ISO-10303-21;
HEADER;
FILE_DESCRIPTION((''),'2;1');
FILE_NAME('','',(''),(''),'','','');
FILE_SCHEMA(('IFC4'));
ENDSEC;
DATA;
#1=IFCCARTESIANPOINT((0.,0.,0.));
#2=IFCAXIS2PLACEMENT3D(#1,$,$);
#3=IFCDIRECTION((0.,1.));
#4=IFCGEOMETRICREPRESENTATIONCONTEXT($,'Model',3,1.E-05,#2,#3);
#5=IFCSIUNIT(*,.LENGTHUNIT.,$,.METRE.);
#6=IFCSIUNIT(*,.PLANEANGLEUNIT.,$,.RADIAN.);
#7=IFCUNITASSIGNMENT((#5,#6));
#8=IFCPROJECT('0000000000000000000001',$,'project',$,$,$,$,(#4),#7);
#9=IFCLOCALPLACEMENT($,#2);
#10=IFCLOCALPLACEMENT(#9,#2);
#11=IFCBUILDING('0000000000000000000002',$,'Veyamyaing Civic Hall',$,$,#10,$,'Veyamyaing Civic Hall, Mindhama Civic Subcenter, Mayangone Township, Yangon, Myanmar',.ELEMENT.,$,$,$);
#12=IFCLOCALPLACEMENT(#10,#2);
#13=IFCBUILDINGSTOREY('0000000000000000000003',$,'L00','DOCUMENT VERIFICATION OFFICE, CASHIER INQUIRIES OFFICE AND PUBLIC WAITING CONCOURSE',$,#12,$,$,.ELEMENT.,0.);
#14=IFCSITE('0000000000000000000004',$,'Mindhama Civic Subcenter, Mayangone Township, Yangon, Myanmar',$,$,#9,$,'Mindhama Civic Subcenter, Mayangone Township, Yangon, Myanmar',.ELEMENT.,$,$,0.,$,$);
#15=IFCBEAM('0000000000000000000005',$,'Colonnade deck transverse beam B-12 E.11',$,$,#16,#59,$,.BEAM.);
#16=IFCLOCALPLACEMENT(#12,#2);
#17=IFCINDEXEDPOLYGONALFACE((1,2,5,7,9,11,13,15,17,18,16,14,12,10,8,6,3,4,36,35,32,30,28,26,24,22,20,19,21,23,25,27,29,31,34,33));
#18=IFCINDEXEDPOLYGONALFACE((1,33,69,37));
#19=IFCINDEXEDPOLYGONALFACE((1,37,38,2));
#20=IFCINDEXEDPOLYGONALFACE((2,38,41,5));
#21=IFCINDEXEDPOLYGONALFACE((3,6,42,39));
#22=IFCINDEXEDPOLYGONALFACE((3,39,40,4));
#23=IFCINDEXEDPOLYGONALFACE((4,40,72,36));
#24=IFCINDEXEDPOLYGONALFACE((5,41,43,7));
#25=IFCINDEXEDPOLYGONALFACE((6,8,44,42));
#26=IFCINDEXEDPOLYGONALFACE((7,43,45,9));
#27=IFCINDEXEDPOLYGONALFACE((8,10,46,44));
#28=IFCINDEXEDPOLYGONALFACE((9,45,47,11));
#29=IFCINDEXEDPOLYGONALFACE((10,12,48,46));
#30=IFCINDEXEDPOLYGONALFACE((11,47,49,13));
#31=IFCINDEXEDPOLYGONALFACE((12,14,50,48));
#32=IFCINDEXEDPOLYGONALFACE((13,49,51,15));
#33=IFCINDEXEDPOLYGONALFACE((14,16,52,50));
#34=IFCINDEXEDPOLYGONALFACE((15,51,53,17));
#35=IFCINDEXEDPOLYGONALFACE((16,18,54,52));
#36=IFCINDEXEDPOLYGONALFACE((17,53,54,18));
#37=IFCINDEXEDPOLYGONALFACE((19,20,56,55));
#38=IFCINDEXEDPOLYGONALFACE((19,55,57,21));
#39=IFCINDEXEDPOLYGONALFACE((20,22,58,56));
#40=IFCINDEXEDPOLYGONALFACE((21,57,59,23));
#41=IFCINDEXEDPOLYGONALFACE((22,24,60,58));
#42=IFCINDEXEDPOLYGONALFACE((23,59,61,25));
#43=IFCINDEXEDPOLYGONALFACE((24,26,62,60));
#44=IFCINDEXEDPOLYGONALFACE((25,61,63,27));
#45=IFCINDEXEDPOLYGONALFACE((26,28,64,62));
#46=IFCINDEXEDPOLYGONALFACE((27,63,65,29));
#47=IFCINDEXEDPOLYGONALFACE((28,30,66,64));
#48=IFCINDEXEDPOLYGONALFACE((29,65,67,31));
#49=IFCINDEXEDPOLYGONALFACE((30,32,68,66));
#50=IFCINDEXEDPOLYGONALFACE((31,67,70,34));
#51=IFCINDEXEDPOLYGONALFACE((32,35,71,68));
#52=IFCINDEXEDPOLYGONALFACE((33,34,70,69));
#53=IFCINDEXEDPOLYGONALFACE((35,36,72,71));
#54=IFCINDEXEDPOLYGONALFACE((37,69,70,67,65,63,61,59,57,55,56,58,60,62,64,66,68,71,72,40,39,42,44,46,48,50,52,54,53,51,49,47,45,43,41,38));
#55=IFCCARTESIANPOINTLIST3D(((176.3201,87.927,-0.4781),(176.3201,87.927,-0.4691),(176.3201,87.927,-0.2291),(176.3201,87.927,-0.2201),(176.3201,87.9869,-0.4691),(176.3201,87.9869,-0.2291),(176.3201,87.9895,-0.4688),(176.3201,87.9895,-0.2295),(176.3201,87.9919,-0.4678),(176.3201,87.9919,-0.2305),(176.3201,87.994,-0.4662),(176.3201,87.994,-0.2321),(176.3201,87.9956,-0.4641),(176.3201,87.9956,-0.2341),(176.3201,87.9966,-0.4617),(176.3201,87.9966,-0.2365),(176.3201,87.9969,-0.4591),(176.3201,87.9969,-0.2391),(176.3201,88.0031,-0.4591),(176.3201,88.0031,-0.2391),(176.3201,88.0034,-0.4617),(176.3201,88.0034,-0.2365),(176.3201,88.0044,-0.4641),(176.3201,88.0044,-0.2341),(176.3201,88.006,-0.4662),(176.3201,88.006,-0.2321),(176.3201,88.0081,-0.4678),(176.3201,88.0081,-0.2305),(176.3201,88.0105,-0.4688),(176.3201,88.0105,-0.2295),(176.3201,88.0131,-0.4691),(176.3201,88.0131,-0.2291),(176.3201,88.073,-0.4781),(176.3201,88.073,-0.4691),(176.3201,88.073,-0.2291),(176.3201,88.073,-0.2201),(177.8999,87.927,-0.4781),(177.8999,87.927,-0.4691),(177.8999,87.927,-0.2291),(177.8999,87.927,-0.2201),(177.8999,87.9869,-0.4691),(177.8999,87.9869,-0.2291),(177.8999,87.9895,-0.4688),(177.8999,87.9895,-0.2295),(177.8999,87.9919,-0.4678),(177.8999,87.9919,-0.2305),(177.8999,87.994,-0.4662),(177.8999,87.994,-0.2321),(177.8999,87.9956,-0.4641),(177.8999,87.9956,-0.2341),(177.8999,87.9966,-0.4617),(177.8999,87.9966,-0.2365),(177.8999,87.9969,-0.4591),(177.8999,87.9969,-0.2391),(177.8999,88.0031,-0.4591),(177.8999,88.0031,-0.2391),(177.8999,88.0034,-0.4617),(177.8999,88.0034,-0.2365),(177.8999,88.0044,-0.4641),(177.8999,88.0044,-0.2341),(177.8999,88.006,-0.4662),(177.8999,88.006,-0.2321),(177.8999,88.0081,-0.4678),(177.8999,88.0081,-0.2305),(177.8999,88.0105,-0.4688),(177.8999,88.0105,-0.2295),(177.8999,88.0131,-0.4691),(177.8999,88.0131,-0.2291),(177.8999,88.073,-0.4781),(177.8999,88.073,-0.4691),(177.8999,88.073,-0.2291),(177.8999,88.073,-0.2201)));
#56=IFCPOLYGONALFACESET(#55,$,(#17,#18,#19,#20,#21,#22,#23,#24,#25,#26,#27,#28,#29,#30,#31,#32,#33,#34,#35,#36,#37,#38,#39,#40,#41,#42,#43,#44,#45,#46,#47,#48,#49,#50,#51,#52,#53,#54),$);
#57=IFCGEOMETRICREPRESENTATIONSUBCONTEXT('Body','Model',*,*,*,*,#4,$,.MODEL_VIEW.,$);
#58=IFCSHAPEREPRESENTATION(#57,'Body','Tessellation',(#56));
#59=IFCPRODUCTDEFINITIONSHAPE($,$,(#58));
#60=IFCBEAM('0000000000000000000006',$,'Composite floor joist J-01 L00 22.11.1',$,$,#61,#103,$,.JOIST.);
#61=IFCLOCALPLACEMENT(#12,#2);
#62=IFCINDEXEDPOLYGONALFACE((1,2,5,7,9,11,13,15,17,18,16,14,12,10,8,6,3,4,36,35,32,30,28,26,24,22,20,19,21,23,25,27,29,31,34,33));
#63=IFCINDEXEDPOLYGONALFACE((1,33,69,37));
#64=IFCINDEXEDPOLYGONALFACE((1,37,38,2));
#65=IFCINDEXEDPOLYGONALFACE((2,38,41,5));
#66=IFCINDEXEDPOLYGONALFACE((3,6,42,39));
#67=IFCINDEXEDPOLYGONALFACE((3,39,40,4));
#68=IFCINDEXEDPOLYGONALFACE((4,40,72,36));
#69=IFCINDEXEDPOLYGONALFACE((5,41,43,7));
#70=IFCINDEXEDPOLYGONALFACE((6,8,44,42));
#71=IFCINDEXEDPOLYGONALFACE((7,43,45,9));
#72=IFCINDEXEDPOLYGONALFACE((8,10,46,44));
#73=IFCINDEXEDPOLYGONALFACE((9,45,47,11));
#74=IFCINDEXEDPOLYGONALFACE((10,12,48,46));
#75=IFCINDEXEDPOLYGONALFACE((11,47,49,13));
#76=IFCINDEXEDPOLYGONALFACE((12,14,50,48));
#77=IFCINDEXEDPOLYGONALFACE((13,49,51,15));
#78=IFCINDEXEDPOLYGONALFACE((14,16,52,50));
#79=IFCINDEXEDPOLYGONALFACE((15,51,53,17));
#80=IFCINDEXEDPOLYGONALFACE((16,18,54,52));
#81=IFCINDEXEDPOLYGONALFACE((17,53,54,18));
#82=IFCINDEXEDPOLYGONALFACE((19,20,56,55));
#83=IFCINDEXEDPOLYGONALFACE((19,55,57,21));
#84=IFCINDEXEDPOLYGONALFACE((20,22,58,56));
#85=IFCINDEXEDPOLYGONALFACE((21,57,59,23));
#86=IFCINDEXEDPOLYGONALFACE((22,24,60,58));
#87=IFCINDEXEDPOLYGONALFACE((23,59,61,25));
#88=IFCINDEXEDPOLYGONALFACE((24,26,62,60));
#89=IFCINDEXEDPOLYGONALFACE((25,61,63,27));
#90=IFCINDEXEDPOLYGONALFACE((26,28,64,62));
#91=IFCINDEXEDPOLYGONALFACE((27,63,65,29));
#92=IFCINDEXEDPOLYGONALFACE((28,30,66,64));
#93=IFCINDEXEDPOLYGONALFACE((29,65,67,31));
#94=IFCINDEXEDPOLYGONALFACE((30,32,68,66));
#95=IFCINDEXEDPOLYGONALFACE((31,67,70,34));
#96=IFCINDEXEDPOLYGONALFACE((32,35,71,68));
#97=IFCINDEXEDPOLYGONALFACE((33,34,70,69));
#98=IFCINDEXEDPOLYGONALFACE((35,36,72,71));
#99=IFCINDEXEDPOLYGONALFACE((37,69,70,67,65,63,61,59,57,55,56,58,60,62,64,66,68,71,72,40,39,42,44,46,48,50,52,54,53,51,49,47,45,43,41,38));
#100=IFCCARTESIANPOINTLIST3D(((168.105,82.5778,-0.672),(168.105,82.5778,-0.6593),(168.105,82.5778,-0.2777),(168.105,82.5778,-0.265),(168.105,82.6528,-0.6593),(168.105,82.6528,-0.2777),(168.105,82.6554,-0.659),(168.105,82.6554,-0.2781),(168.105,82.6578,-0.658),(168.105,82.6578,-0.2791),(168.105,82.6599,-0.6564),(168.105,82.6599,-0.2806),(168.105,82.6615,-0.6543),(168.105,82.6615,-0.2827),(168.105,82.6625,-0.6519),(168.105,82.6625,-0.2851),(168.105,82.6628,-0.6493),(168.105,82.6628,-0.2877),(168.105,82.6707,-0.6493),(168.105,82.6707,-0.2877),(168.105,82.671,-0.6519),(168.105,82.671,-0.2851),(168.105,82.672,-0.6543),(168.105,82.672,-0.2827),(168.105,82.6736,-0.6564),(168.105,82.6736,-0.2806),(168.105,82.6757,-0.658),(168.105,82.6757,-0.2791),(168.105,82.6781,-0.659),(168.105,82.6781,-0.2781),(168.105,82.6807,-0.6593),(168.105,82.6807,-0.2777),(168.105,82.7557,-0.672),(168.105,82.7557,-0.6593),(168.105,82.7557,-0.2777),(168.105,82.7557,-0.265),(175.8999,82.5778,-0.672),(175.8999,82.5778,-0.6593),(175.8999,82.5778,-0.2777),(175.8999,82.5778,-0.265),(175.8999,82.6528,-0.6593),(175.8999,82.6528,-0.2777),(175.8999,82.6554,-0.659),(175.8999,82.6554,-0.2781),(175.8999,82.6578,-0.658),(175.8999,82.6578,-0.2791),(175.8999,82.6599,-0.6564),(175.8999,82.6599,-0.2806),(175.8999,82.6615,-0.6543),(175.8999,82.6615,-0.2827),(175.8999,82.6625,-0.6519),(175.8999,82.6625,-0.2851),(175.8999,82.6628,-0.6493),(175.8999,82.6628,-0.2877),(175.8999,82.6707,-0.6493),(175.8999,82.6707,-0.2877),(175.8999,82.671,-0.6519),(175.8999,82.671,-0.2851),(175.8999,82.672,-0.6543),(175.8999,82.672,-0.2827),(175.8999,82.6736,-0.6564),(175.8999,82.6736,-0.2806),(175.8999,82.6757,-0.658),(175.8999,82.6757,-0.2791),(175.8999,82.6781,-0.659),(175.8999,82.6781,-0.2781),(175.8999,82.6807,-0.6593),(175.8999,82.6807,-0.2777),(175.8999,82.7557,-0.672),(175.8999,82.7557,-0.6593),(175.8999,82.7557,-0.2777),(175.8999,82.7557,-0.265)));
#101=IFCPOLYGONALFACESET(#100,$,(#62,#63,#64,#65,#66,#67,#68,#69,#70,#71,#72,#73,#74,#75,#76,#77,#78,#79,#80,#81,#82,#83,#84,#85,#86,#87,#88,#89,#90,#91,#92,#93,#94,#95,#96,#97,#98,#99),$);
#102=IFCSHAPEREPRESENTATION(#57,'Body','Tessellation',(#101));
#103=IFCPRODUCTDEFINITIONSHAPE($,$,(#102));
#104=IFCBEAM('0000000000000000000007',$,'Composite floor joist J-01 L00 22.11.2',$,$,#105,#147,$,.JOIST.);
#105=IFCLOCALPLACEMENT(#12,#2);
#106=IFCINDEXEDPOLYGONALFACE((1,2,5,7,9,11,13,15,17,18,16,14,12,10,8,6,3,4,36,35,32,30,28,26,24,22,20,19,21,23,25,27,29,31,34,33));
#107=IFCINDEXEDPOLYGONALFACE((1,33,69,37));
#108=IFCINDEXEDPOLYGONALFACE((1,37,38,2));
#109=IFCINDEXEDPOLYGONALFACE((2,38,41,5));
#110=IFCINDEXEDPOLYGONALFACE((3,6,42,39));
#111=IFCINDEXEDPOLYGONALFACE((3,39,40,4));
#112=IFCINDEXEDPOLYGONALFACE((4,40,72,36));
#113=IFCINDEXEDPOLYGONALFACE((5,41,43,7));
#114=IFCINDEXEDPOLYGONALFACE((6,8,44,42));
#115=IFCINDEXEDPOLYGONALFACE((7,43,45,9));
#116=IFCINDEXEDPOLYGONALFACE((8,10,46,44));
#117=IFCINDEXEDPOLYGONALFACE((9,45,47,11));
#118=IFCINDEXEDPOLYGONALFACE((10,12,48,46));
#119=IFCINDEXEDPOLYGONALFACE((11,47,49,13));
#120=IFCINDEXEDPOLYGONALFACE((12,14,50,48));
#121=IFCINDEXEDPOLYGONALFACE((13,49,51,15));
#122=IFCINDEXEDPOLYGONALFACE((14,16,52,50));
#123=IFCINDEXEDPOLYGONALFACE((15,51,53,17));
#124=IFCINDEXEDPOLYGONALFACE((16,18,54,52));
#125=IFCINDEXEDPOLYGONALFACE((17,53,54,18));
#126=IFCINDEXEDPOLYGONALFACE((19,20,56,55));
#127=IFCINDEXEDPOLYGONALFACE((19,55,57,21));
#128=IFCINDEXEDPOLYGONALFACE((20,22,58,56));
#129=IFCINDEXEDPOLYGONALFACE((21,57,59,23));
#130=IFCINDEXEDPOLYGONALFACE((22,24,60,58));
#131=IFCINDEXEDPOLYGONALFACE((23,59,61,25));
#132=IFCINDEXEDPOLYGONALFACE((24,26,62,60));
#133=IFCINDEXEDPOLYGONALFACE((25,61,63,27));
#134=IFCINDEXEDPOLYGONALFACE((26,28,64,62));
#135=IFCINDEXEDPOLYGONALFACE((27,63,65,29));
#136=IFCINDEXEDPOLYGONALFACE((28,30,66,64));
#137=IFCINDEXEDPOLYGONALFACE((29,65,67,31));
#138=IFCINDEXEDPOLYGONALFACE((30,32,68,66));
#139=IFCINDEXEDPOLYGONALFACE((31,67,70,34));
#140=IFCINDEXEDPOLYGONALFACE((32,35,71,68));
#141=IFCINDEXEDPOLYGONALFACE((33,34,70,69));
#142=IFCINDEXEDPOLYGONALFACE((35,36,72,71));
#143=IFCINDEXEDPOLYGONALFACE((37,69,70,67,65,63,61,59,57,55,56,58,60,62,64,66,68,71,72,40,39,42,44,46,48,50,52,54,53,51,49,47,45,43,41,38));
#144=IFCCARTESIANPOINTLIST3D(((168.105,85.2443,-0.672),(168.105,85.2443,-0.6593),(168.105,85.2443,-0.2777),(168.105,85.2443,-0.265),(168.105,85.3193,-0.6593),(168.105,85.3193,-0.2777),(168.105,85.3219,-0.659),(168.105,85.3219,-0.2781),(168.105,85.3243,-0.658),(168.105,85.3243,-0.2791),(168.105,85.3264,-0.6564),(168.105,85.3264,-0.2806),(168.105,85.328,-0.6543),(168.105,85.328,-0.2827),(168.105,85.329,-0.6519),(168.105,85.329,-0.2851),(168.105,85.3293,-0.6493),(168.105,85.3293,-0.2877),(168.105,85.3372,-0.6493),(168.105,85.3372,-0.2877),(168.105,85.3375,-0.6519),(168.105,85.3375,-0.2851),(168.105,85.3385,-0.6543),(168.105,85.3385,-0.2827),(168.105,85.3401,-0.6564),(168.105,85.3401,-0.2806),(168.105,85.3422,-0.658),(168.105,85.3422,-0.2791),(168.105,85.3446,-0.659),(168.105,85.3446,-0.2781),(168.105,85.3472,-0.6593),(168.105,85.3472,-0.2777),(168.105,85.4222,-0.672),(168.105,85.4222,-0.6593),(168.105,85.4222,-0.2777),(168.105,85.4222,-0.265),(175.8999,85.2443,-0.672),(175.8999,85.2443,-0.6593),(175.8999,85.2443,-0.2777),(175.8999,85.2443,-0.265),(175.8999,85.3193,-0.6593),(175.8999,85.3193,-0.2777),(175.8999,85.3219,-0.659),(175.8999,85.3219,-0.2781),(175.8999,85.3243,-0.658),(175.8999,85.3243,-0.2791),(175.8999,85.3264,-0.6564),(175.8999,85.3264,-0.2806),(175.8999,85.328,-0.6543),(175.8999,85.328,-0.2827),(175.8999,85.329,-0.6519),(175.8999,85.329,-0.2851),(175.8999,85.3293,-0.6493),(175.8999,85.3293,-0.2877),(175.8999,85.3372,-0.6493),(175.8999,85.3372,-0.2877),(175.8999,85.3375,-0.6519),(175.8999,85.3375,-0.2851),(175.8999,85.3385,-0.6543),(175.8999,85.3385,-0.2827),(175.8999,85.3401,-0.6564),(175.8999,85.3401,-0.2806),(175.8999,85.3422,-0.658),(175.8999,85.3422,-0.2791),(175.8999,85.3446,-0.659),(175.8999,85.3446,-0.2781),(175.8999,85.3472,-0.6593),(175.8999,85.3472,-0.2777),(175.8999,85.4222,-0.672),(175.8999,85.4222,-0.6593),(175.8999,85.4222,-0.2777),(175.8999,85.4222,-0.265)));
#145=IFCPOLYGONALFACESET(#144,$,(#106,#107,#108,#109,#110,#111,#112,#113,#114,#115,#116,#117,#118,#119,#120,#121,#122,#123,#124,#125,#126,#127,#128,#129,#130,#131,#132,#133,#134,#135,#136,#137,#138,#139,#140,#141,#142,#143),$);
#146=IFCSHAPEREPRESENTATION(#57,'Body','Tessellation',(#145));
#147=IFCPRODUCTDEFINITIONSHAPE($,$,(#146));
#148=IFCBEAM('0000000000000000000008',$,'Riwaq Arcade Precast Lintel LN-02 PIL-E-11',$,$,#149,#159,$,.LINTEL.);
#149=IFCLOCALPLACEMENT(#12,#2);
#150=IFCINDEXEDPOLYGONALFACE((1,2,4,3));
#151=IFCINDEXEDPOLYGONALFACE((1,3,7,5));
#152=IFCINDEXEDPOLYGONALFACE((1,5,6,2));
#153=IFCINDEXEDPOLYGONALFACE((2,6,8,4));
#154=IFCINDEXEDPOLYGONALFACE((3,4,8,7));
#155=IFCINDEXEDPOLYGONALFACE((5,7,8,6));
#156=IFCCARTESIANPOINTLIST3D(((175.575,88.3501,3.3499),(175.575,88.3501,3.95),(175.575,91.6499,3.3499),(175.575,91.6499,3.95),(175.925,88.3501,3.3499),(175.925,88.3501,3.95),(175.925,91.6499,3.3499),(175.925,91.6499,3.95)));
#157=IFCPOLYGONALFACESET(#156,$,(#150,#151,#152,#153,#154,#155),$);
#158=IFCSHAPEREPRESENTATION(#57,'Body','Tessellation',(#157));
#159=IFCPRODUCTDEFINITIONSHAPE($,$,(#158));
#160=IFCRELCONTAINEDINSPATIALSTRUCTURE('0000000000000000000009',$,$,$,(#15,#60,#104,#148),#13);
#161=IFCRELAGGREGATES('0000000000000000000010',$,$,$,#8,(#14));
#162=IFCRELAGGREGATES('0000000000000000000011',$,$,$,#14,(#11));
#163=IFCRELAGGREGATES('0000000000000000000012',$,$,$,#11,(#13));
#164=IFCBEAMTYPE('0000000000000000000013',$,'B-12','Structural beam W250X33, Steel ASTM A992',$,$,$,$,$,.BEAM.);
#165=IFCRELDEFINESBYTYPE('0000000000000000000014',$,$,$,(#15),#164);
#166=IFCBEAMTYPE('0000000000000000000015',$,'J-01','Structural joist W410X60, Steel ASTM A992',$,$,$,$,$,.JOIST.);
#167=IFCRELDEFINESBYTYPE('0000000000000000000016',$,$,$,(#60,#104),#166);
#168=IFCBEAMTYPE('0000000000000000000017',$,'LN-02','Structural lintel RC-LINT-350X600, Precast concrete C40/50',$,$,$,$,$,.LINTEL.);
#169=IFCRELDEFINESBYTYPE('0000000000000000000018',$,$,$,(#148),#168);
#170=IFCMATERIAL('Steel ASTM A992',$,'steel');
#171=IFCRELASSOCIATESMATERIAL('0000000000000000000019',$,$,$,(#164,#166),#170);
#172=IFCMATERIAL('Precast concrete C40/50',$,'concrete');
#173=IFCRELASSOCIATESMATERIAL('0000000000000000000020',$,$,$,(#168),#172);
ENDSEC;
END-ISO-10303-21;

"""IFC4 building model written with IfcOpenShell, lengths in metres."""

from ifc_helpers import new_model, si_unit, direction, frame, origin, origin_2d, place, context, subcontext, project, spatial, rectangle, i_section, extrude, material, material_profile, profile_set, type_object, element, save


model = new_model("IFC4")

# Units and contexts
model_context = context("Model", 3, precision=1e-05, world=origin(), true_north=direction((0.0, 1.0)))
body_context = subcontext(model_context, "Body", "Model", "MODEL_VIEW")
ifc_project = project(units=[si_unit("LENGTHUNIT", "METRE"), si_unit("PLANEANGLEUNIT", "RADIAN")], contexts=[model_context])

# Site, building, storey
site_placement = place(None, origin())
site = spatial("IfcSite", under=ifc_project, at=site_placement, Name="Mindhama Civic Subcenter, Mayangone Township, Yangon, Myanmar", LongName="Mindhama Civic Subcenter, Mayangone Township, Yangon, Myanmar", CompositionType="ELEMENT", RefElevation=0.0)
building_placement = place(site_placement, origin())
building = spatial("IfcBuilding", under=site, at=building_placement, Name="Veyamyaing Civic Hall", LongName="Veyamyaing Civic Hall, Mindhama Civic Subcenter, Mayangone Township, Yangon, Myanmar", CompositionType="ELEMENT")
storey_placement = place(building_placement, origin())
storey = spatial("IfcBuildingStorey", under=building, at=storey_placement, Name="L00", Description="DOCUMENT VERIFICATION OFFICE, CASHIER INQUIRIES OFFICE AND PUBLIC WAITING CONCOURSE", CompositionType="ELEMENT", Elevation=0.0)

# Beams
ifc_material_1 = material(Name="Steel ASTM A992", Category="steel")
ifc_material_profile_1 = material_profile(ifc_material_1, i_section(OverallWidth=0.146, OverallDepth=0.2581, WebThickness=0.0061, FlangeThickness=0.009, FilletRadius=0.01, at=origin_2d()), Name="W250X33")
ifc_profile_set_1 = profile_set([ifc_material_profile_1], Name="Steel ASTM A992")
beam_type_1 = type_object("IfcBeamType", Name="B-12", Description="Structural beam W250X33, Steel ASTM A992", PredefinedType="BEAM", material=ifc_profile_set_1)
for number, where, z_axis, x_axis, name in (
    (1, (176.3201, 88.0, -0.3491), (1.0, 0.0, 0.0), (0.0, 1.0, 0.0), "Colonnade deck transverse beam B-12 E.11"),
):
    element("IfcBeam", number, at=place(storey_placement, frame(where, z_axis=z_axis, x_axis=x_axis)), inside=storey, type_object=beam_type_1, Name=name, PredefinedType="BEAM", context=body_context, shape_type="SweptSolid", body=[
        extrude(i_section(OverallWidth=0.146, OverallDepth=0.2581, WebThickness=0.0061, FlangeThickness=0.009, FilletRadius=0.01, at=origin_2d()), origin(), (0.0, 0.0, 1.0), 1.5798),
    ])
ifc_material_profile_2 = material_profile(ifc_material_1, i_section(OverallWidth=0.178, OverallDepth=0.407, WebThickness=0.0078, FlangeThickness=0.0127, FilletRadius=0.01, at=origin_2d()), Name="W410X60")
ifc_profile_set_2 = profile_set([ifc_material_profile_2], Name="Steel ASTM A992")
beam_type_2 = type_object("IfcBeamType", Name="J-01", Description="Structural joist W410X60, Steel ASTM A992", PredefinedType="JOIST", material=ifc_profile_set_2)
for number, where, z_axis, x_axis, name in (
    (2, (168.105, 82.6667, -0.4685), (1.0, 0.0, 0.0), (0.0, 1.0, 0.0), "Composite floor joist J-01 L00 22.11.1"),
    (3, (168.105, 85.3333, -0.4685), (1.0, 0.0, 0.0), (0.0, 1.0, 0.0), "Composite floor joist J-01 L00 22.11.2"),
):
    element("IfcBeam", number, at=place(storey_placement, frame(where, z_axis=z_axis, x_axis=x_axis)), inside=storey, type_object=beam_type_2, Name=name, PredefinedType="JOIST", context=body_context, shape_type="SweptSolid", body=[
        extrude(i_section(OverallWidth=0.178, OverallDepth=0.407, WebThickness=0.0078, FlangeThickness=0.0127, FilletRadius=0.01, at=origin_2d()), origin(), (0.0, 0.0, 1.0), 7.7949),
    ])
ifc_material_2 = material(Name="Precast concrete C40/50", Category="concrete")
ifc_material_profile_3 = material_profile(ifc_material_2, rectangle(XDim=0.3501, YDim=0.6001, at=origin_2d()), Name="RC-LINT-350X600")
ifc_profile_set_3 = profile_set([ifc_material_profile_3], Name="Precast concrete C40/50")
beam_type_3 = type_object("IfcBeamType", Name="LN-02", Description="Structural lintel RC-LINT-350X600, Precast concrete C40/50", PredefinedType="LINTEL", material=ifc_profile_set_3)
beam_1_placement = place(storey_placement, frame((175.75, 88.3501, 3.6499), z_axis=(0.0, 1.0, 0.0), x_axis=(-1.0, 0.0, 0.0)))
element("IfcBeam", 4, at=beam_1_placement, inside=storey, type_object=beam_type_3, Name="Riwaq Arcade Precast Lintel LN-02 PIL-E-11", PredefinedType="LINTEL", context=body_context, shape_type="SweptSolid", body=[
    extrude(rectangle(XDim=0.3501, YDim=0.6001, at=origin_2d()), origin(), (0.0, 0.0, 1.0), 3.2998),
])

save(model, "model.ifc")
